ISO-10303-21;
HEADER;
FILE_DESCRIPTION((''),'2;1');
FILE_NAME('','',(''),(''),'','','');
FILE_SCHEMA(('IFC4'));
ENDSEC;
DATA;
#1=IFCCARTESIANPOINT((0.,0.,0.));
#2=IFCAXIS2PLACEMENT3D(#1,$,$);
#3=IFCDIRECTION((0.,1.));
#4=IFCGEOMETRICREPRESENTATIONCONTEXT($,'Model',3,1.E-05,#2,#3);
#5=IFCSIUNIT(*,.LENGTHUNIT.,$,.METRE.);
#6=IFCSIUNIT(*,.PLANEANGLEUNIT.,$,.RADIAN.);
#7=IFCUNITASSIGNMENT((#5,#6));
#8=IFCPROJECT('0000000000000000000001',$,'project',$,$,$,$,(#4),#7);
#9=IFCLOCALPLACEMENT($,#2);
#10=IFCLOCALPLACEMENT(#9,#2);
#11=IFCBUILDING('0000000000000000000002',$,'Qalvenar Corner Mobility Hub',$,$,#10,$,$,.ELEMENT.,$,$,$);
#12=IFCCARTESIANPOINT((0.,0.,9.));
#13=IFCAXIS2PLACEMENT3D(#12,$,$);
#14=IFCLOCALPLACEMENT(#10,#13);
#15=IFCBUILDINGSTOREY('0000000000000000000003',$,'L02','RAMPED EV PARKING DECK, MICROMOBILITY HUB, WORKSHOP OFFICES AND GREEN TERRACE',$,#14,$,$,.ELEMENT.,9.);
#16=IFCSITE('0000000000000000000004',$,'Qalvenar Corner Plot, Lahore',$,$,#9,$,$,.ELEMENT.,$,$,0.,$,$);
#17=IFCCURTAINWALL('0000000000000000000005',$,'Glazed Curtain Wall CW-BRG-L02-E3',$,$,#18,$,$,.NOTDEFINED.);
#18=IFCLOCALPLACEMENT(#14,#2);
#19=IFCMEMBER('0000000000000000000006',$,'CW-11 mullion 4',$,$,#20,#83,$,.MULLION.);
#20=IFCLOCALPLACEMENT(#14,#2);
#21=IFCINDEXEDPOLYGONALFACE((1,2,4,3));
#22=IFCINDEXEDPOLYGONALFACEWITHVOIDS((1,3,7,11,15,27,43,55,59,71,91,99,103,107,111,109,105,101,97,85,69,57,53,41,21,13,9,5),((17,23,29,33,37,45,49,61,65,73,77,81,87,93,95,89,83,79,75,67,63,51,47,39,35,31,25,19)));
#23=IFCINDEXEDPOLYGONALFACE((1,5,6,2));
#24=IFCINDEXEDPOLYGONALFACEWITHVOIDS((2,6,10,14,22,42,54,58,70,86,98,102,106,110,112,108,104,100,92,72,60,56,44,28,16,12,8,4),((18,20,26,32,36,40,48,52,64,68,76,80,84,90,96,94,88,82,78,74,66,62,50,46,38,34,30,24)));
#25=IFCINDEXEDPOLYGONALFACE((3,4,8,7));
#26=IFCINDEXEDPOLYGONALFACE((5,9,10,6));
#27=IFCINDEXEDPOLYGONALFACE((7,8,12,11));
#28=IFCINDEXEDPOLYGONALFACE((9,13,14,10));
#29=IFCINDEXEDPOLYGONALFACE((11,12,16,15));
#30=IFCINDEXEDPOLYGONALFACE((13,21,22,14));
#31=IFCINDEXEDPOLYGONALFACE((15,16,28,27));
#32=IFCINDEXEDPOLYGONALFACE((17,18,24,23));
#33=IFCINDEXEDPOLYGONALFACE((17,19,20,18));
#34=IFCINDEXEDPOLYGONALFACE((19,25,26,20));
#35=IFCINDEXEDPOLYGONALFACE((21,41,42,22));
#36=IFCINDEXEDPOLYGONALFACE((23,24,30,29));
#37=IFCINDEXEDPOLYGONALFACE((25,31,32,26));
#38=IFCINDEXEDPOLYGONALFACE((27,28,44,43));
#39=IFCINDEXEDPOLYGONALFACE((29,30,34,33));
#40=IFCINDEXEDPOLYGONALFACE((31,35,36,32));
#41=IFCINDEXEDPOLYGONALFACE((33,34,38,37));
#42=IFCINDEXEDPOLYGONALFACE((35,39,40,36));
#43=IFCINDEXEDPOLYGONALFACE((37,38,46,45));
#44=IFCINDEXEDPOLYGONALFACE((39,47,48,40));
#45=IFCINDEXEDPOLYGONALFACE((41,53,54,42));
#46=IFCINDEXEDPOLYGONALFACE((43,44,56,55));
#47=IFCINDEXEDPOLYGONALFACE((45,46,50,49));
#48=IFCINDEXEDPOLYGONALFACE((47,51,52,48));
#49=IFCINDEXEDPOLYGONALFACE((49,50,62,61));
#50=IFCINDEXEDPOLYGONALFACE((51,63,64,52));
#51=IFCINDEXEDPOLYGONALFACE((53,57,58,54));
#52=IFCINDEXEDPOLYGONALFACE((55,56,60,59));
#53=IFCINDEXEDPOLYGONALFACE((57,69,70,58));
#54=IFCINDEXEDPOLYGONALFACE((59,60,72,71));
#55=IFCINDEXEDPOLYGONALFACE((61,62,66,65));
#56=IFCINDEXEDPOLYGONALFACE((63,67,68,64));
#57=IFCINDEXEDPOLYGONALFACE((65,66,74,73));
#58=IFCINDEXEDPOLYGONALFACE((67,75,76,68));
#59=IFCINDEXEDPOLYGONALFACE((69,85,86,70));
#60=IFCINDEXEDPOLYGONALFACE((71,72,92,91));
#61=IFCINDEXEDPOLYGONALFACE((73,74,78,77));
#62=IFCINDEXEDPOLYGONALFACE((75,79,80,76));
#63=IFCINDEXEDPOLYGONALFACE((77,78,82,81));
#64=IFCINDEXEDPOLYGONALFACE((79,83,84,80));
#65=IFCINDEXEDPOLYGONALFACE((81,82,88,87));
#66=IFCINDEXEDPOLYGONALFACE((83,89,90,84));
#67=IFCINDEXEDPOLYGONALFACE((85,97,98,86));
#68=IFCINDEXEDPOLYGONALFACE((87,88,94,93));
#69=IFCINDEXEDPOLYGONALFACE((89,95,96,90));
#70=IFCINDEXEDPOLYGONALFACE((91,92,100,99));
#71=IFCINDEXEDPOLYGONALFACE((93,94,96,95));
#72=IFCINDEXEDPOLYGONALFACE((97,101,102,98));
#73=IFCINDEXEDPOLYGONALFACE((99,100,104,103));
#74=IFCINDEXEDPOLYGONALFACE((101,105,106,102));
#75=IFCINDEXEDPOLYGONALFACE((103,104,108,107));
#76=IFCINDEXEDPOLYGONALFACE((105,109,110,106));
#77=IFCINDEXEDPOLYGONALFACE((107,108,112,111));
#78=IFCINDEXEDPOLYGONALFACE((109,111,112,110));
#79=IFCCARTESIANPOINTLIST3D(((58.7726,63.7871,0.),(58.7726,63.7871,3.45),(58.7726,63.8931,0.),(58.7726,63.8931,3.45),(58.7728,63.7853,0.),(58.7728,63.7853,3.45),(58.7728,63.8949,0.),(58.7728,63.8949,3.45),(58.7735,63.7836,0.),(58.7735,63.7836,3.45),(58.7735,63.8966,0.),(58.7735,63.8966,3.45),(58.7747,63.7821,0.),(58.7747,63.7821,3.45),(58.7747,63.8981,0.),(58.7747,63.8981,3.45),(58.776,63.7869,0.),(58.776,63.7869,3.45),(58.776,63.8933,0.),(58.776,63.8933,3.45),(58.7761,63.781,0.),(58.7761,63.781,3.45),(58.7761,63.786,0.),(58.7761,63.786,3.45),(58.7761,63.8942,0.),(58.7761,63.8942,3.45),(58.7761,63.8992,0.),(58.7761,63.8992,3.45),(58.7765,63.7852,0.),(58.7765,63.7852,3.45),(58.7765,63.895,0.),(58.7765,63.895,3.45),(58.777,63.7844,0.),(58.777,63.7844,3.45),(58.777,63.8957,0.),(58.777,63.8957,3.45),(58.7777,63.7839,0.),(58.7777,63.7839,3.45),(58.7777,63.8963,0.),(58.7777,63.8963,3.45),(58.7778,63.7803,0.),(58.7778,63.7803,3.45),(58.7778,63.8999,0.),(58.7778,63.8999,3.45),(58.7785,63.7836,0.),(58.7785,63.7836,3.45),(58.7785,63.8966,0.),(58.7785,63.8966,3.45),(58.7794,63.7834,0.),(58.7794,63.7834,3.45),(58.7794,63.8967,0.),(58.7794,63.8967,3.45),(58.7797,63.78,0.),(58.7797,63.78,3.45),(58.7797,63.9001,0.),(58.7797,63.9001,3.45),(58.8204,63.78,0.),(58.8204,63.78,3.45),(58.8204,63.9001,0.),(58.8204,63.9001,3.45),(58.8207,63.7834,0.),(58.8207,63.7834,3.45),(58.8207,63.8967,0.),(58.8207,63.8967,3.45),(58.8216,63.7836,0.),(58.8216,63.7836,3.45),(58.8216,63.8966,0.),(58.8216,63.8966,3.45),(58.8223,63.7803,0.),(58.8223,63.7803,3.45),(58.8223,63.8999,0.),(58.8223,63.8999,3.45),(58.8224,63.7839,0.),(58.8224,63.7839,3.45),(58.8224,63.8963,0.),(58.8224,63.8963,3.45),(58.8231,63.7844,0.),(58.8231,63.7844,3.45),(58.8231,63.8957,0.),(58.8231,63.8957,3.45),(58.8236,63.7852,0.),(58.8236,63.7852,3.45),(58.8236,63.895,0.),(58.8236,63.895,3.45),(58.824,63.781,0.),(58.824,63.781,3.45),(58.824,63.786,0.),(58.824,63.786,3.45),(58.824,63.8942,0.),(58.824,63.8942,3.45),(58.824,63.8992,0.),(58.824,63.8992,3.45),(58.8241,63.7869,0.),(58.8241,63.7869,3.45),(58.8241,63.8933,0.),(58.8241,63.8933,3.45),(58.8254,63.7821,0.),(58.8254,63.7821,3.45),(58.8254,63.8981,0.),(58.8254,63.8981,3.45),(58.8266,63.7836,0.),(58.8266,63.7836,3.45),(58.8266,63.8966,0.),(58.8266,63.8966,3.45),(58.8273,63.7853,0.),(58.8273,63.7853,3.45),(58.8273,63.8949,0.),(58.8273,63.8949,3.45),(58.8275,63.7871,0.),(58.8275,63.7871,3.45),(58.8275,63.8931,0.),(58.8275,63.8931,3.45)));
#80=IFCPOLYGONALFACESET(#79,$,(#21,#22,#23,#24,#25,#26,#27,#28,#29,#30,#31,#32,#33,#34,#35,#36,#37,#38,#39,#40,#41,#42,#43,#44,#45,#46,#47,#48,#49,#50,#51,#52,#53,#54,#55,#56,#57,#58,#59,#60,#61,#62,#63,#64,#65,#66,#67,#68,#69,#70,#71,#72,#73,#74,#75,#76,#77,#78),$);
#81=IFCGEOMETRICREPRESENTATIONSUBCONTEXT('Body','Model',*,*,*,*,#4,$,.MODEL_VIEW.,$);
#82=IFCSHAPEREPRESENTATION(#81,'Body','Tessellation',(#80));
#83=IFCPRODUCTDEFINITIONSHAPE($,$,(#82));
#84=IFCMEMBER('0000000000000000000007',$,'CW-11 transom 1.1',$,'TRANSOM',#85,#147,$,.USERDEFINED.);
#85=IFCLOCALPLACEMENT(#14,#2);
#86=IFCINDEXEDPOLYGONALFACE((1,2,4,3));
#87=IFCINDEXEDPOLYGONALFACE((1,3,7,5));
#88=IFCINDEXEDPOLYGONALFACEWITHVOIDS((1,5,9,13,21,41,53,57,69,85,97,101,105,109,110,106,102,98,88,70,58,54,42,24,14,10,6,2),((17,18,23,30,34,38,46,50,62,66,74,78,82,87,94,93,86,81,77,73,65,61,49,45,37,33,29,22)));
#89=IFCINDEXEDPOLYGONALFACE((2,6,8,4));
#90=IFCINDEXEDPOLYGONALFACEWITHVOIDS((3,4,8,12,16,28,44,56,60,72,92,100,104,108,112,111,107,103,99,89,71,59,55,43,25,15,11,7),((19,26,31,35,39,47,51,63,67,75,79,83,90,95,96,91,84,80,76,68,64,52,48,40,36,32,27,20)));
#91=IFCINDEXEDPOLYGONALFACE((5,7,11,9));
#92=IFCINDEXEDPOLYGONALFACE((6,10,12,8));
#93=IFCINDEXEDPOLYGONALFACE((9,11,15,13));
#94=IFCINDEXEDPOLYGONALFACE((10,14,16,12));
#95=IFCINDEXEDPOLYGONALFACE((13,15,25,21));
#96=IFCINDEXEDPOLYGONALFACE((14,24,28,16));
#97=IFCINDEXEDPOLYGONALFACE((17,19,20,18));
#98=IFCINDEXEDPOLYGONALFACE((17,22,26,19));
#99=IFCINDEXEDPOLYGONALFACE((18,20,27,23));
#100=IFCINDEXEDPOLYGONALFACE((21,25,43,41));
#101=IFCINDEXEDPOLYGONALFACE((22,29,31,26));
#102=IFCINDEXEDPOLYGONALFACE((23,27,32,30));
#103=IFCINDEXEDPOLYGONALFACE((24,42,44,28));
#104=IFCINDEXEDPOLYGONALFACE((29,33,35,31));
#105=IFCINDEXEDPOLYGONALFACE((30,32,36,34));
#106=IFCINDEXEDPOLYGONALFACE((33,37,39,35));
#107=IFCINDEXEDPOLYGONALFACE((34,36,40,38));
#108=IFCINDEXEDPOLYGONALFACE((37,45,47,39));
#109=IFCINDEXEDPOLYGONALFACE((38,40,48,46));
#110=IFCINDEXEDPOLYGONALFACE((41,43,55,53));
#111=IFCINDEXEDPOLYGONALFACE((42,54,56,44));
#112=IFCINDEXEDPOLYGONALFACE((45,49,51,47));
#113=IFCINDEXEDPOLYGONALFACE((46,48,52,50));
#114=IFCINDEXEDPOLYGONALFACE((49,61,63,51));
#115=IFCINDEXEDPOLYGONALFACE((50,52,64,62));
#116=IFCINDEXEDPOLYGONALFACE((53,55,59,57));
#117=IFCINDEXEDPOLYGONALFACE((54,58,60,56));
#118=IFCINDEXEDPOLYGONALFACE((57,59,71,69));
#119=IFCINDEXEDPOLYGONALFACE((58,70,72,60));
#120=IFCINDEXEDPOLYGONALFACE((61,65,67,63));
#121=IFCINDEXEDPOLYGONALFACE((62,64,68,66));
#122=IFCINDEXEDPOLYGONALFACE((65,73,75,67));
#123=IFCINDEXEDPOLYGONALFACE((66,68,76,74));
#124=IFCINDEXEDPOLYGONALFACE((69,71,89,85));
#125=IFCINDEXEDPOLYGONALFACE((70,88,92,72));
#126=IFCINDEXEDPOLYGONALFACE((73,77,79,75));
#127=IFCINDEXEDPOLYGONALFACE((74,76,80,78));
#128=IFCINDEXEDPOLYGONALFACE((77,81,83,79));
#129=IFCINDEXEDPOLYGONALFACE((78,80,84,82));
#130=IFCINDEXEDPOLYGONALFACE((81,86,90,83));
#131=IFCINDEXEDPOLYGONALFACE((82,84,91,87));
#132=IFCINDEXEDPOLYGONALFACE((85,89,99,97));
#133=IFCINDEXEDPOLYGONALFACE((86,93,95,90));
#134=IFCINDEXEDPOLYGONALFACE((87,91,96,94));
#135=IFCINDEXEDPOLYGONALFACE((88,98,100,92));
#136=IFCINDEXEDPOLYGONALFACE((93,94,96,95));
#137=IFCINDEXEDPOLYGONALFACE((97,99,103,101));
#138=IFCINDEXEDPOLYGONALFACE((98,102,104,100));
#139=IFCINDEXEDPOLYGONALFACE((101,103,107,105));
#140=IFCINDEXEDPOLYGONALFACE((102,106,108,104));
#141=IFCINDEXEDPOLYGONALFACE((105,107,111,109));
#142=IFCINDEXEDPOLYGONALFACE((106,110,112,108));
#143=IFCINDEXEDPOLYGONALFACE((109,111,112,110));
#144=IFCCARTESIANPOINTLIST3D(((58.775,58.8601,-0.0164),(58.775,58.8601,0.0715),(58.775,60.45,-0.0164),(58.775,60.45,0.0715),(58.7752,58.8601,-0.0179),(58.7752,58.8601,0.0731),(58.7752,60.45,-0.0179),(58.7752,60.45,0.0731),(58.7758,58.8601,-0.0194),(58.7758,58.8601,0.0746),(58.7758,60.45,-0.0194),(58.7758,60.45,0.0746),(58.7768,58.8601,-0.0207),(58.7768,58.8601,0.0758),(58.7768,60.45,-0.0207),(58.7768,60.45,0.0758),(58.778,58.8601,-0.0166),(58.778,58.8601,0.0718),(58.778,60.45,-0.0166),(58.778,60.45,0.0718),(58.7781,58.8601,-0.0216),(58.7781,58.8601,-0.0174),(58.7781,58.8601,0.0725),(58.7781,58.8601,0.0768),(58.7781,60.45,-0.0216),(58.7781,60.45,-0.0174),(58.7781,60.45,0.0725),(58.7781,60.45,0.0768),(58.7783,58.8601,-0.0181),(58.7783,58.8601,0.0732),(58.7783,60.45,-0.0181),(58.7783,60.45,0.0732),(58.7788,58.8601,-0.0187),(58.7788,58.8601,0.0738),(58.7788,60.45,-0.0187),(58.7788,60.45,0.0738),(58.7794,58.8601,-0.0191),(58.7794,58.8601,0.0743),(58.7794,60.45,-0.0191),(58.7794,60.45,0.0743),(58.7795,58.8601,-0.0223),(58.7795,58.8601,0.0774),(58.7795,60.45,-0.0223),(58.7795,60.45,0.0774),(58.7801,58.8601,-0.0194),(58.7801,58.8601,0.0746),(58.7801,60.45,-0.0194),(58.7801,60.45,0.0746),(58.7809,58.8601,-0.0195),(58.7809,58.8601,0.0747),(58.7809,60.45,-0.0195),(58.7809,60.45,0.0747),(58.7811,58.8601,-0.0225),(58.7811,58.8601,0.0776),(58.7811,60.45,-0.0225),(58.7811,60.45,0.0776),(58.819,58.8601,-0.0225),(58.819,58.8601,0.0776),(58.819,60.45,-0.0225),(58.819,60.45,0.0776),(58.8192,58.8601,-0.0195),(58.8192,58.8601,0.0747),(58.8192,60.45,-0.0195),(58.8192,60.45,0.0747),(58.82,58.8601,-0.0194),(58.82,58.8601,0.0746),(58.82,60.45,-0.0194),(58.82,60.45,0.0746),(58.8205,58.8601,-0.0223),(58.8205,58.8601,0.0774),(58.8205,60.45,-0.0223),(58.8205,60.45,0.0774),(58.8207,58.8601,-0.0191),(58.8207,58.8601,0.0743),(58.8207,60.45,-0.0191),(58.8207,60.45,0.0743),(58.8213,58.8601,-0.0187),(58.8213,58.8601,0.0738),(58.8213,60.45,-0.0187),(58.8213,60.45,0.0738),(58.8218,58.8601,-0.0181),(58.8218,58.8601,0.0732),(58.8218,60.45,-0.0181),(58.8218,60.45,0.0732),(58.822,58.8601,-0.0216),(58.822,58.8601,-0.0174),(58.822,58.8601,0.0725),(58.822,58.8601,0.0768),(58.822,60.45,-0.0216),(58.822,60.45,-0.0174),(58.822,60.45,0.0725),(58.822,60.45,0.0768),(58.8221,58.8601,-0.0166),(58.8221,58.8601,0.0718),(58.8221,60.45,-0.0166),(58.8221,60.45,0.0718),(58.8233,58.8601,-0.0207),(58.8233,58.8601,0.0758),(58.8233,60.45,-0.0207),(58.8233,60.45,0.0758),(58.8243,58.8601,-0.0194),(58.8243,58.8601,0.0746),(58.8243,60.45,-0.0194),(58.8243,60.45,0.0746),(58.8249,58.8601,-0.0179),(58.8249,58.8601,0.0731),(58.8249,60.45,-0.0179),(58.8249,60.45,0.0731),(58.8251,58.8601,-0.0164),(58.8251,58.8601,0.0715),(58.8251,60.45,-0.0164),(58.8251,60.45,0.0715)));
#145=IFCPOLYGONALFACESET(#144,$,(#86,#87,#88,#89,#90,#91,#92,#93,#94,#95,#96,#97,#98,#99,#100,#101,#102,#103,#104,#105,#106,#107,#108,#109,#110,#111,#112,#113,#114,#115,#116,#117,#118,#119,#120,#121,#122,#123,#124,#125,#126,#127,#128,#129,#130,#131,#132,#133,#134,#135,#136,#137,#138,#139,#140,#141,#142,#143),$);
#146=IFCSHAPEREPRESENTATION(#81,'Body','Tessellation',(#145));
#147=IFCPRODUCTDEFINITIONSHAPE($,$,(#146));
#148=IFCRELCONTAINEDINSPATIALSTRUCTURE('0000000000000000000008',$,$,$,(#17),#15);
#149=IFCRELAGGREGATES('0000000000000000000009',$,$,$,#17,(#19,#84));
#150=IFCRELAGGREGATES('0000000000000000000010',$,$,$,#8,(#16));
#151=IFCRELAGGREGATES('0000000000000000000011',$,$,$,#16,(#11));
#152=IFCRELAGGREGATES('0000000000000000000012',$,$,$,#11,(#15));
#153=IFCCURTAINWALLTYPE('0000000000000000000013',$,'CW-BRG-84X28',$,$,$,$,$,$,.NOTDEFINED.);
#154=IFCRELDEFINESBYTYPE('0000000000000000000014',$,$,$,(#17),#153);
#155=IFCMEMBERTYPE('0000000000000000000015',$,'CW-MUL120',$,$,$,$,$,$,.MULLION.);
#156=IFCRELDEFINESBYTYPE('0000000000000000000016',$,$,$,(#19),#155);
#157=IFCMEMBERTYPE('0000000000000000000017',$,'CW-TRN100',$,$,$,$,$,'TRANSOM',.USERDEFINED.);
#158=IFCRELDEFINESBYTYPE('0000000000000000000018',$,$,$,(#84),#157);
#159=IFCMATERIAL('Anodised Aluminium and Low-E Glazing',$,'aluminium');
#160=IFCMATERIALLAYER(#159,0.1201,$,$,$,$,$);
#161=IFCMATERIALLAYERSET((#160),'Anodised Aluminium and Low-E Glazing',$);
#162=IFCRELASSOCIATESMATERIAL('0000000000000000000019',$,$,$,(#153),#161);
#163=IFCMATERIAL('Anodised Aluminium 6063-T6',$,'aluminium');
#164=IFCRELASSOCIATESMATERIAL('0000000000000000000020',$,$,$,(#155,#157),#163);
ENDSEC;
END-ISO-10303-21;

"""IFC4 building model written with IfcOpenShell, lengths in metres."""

from ifc_helpers import new_model, si_unit, direction, frame, origin, origin_2d, place, context, subcontext, project, spatial, hollow_rectangle, extrude, material, layer, layer_set, material_profile, profile_set, type_object, element, aggregate, save


model = new_model("IFC4")

# Units and contexts
model_context = context("Model", 3, precision=1e-05, world=origin(), true_north=direction((0.0, 1.0)))
body_context = subcontext(model_context, "Body", "Model", "MODEL_VIEW")
ifc_project = project(units=[si_unit("LENGTHUNIT", "METRE"), si_unit("PLANEANGLEUNIT", "RADIAN")], contexts=[model_context])

# Site, building, storey
site_placement = place(None, origin())
site = spatial("IfcSite", under=ifc_project, at=site_placement, Name="Qalvenar Corner Plot, Lahore", CompositionType="ELEMENT", RefElevation=0.0)
building_placement = place(site_placement, origin())
building = spatial("IfcBuilding", under=site, at=building_placement, Name="Qalvenar Corner Mobility Hub", CompositionType="ELEMENT")
storey_placement = place(building_placement, frame((0.0, 0.0, 9.0)))
storey = spatial("IfcBuildingStorey", under=building, at=storey_placement, Name="L02", Description="RAMPED EV PARKING DECK, MICROMOBILITY HUB, WORKSHOP OFFICES AND GREEN TERRACE", CompositionType="ELEMENT", Elevation=9.0)

# Curtain wall, members
ifc_material_1 = material(Name="Anodised Aluminium and Low-E Glazing", Category="aluminium")
ifc_layer_1 = layer(ifc_material_1, 0.1201)
ifc_layer_set_1 = layer_set([ifc_layer_1], Name="Anodised Aluminium and Low-E Glazing")
curtain_wall_type = type_object("IfcCurtainWallType", Name="CW-BRG-84X28", PredefinedType="NOTDEFINED", material=ifc_layer_set_1)
curtain_wall_placement = place(storey_placement, origin())
curtain_wall = element("IfcCurtainWall", 1, at=curtain_wall_placement, inside=storey, type_object=curtain_wall_type, Name="Glazed Curtain Wall CW-BRG-L02-E3", PredefinedType="NOTDEFINED")
ifc_material_2 = material(Name="Anodised Aluminium 6063-T6", Category="aluminium")
ifc_material_profile_1 = material_profile(ifc_material_2, hollow_rectangle(XDim=0.0549, YDim=0.1201, WallThickness=0.0034, InnerFilletRadius=0.0034, OuterFilletRadius=0.0071, at=origin_2d()), Name="RHS120x55x3.5")
ifc_profile_set_1 = profile_set([ifc_material_profile_1], Name="Anodised Aluminium 6063-T6")
member_type_1 = type_object("IfcMemberType", Name="CW-MUL120", PredefinedType="MULLION", material=ifc_profile_set_1)
member_1_placement = place(storey_placement, frame((58.8, 63.8401, 0.0), z_axis=(0.0, 0.0, 1.0), x_axis=(-1.0, 0.0, 0.0)))
member_1 = element("IfcMember", 2, at=member_1_placement, type_object=member_type_1, Name="CW-11 mullion 4", PredefinedType="MULLION", context=body_context, shape_type="SweptSolid", body=[
    extrude(hollow_rectangle(XDim=0.0549, YDim=0.1201, WallThickness=0.0034, InnerFilletRadius=0.0034, OuterFilletRadius=0.0071, at=origin_2d()), origin(), (0.0, 0.0, 1.0), 3.45),
])
ifc_material_profile_2 = material_profile(ifc_material_2, hollow_rectangle(XDim=0.05, YDim=0.1001, WallThickness=0.0029, InnerFilletRadius=0.0029, OuterFilletRadius=0.0061, at=origin_2d()), Name="RHS100x50x3")
ifc_profile_set_2 = profile_set([ifc_material_profile_2], Name="Anodised Aluminium 6063-T6")
member_type_2 = type_object("IfcMemberType", Name="CW-TRN100", ElementType="TRANSOM", PredefinedType="USERDEFINED", material=ifc_profile_set_2)
member_2_placement = place(storey_placement, frame((58.8, 58.8601, 0.0276), z_axis=(0.0, 1.0, 0.0), x_axis=(-1.0, 0.0, 0.0)))
member_2 = element("IfcMember", 3, at=member_2_placement, type_object=member_type_2, Name="CW-11 transom 1.1", ObjectType="TRANSOM", PredefinedType="USERDEFINED", context=body_context, shape_type="SweptSolid", body=[
    extrude(hollow_rectangle(XDim=0.05, YDim=0.1001, WallThickness=0.0029, InnerFilletRadius=0.0029, OuterFilletRadius=0.0061, at=origin_2d()), origin(), (0.0, 0.0, 1.0), 1.5898),
])

aggregate(curtain_wall, [member_1, member_2])

save(model, "model.ifc")
